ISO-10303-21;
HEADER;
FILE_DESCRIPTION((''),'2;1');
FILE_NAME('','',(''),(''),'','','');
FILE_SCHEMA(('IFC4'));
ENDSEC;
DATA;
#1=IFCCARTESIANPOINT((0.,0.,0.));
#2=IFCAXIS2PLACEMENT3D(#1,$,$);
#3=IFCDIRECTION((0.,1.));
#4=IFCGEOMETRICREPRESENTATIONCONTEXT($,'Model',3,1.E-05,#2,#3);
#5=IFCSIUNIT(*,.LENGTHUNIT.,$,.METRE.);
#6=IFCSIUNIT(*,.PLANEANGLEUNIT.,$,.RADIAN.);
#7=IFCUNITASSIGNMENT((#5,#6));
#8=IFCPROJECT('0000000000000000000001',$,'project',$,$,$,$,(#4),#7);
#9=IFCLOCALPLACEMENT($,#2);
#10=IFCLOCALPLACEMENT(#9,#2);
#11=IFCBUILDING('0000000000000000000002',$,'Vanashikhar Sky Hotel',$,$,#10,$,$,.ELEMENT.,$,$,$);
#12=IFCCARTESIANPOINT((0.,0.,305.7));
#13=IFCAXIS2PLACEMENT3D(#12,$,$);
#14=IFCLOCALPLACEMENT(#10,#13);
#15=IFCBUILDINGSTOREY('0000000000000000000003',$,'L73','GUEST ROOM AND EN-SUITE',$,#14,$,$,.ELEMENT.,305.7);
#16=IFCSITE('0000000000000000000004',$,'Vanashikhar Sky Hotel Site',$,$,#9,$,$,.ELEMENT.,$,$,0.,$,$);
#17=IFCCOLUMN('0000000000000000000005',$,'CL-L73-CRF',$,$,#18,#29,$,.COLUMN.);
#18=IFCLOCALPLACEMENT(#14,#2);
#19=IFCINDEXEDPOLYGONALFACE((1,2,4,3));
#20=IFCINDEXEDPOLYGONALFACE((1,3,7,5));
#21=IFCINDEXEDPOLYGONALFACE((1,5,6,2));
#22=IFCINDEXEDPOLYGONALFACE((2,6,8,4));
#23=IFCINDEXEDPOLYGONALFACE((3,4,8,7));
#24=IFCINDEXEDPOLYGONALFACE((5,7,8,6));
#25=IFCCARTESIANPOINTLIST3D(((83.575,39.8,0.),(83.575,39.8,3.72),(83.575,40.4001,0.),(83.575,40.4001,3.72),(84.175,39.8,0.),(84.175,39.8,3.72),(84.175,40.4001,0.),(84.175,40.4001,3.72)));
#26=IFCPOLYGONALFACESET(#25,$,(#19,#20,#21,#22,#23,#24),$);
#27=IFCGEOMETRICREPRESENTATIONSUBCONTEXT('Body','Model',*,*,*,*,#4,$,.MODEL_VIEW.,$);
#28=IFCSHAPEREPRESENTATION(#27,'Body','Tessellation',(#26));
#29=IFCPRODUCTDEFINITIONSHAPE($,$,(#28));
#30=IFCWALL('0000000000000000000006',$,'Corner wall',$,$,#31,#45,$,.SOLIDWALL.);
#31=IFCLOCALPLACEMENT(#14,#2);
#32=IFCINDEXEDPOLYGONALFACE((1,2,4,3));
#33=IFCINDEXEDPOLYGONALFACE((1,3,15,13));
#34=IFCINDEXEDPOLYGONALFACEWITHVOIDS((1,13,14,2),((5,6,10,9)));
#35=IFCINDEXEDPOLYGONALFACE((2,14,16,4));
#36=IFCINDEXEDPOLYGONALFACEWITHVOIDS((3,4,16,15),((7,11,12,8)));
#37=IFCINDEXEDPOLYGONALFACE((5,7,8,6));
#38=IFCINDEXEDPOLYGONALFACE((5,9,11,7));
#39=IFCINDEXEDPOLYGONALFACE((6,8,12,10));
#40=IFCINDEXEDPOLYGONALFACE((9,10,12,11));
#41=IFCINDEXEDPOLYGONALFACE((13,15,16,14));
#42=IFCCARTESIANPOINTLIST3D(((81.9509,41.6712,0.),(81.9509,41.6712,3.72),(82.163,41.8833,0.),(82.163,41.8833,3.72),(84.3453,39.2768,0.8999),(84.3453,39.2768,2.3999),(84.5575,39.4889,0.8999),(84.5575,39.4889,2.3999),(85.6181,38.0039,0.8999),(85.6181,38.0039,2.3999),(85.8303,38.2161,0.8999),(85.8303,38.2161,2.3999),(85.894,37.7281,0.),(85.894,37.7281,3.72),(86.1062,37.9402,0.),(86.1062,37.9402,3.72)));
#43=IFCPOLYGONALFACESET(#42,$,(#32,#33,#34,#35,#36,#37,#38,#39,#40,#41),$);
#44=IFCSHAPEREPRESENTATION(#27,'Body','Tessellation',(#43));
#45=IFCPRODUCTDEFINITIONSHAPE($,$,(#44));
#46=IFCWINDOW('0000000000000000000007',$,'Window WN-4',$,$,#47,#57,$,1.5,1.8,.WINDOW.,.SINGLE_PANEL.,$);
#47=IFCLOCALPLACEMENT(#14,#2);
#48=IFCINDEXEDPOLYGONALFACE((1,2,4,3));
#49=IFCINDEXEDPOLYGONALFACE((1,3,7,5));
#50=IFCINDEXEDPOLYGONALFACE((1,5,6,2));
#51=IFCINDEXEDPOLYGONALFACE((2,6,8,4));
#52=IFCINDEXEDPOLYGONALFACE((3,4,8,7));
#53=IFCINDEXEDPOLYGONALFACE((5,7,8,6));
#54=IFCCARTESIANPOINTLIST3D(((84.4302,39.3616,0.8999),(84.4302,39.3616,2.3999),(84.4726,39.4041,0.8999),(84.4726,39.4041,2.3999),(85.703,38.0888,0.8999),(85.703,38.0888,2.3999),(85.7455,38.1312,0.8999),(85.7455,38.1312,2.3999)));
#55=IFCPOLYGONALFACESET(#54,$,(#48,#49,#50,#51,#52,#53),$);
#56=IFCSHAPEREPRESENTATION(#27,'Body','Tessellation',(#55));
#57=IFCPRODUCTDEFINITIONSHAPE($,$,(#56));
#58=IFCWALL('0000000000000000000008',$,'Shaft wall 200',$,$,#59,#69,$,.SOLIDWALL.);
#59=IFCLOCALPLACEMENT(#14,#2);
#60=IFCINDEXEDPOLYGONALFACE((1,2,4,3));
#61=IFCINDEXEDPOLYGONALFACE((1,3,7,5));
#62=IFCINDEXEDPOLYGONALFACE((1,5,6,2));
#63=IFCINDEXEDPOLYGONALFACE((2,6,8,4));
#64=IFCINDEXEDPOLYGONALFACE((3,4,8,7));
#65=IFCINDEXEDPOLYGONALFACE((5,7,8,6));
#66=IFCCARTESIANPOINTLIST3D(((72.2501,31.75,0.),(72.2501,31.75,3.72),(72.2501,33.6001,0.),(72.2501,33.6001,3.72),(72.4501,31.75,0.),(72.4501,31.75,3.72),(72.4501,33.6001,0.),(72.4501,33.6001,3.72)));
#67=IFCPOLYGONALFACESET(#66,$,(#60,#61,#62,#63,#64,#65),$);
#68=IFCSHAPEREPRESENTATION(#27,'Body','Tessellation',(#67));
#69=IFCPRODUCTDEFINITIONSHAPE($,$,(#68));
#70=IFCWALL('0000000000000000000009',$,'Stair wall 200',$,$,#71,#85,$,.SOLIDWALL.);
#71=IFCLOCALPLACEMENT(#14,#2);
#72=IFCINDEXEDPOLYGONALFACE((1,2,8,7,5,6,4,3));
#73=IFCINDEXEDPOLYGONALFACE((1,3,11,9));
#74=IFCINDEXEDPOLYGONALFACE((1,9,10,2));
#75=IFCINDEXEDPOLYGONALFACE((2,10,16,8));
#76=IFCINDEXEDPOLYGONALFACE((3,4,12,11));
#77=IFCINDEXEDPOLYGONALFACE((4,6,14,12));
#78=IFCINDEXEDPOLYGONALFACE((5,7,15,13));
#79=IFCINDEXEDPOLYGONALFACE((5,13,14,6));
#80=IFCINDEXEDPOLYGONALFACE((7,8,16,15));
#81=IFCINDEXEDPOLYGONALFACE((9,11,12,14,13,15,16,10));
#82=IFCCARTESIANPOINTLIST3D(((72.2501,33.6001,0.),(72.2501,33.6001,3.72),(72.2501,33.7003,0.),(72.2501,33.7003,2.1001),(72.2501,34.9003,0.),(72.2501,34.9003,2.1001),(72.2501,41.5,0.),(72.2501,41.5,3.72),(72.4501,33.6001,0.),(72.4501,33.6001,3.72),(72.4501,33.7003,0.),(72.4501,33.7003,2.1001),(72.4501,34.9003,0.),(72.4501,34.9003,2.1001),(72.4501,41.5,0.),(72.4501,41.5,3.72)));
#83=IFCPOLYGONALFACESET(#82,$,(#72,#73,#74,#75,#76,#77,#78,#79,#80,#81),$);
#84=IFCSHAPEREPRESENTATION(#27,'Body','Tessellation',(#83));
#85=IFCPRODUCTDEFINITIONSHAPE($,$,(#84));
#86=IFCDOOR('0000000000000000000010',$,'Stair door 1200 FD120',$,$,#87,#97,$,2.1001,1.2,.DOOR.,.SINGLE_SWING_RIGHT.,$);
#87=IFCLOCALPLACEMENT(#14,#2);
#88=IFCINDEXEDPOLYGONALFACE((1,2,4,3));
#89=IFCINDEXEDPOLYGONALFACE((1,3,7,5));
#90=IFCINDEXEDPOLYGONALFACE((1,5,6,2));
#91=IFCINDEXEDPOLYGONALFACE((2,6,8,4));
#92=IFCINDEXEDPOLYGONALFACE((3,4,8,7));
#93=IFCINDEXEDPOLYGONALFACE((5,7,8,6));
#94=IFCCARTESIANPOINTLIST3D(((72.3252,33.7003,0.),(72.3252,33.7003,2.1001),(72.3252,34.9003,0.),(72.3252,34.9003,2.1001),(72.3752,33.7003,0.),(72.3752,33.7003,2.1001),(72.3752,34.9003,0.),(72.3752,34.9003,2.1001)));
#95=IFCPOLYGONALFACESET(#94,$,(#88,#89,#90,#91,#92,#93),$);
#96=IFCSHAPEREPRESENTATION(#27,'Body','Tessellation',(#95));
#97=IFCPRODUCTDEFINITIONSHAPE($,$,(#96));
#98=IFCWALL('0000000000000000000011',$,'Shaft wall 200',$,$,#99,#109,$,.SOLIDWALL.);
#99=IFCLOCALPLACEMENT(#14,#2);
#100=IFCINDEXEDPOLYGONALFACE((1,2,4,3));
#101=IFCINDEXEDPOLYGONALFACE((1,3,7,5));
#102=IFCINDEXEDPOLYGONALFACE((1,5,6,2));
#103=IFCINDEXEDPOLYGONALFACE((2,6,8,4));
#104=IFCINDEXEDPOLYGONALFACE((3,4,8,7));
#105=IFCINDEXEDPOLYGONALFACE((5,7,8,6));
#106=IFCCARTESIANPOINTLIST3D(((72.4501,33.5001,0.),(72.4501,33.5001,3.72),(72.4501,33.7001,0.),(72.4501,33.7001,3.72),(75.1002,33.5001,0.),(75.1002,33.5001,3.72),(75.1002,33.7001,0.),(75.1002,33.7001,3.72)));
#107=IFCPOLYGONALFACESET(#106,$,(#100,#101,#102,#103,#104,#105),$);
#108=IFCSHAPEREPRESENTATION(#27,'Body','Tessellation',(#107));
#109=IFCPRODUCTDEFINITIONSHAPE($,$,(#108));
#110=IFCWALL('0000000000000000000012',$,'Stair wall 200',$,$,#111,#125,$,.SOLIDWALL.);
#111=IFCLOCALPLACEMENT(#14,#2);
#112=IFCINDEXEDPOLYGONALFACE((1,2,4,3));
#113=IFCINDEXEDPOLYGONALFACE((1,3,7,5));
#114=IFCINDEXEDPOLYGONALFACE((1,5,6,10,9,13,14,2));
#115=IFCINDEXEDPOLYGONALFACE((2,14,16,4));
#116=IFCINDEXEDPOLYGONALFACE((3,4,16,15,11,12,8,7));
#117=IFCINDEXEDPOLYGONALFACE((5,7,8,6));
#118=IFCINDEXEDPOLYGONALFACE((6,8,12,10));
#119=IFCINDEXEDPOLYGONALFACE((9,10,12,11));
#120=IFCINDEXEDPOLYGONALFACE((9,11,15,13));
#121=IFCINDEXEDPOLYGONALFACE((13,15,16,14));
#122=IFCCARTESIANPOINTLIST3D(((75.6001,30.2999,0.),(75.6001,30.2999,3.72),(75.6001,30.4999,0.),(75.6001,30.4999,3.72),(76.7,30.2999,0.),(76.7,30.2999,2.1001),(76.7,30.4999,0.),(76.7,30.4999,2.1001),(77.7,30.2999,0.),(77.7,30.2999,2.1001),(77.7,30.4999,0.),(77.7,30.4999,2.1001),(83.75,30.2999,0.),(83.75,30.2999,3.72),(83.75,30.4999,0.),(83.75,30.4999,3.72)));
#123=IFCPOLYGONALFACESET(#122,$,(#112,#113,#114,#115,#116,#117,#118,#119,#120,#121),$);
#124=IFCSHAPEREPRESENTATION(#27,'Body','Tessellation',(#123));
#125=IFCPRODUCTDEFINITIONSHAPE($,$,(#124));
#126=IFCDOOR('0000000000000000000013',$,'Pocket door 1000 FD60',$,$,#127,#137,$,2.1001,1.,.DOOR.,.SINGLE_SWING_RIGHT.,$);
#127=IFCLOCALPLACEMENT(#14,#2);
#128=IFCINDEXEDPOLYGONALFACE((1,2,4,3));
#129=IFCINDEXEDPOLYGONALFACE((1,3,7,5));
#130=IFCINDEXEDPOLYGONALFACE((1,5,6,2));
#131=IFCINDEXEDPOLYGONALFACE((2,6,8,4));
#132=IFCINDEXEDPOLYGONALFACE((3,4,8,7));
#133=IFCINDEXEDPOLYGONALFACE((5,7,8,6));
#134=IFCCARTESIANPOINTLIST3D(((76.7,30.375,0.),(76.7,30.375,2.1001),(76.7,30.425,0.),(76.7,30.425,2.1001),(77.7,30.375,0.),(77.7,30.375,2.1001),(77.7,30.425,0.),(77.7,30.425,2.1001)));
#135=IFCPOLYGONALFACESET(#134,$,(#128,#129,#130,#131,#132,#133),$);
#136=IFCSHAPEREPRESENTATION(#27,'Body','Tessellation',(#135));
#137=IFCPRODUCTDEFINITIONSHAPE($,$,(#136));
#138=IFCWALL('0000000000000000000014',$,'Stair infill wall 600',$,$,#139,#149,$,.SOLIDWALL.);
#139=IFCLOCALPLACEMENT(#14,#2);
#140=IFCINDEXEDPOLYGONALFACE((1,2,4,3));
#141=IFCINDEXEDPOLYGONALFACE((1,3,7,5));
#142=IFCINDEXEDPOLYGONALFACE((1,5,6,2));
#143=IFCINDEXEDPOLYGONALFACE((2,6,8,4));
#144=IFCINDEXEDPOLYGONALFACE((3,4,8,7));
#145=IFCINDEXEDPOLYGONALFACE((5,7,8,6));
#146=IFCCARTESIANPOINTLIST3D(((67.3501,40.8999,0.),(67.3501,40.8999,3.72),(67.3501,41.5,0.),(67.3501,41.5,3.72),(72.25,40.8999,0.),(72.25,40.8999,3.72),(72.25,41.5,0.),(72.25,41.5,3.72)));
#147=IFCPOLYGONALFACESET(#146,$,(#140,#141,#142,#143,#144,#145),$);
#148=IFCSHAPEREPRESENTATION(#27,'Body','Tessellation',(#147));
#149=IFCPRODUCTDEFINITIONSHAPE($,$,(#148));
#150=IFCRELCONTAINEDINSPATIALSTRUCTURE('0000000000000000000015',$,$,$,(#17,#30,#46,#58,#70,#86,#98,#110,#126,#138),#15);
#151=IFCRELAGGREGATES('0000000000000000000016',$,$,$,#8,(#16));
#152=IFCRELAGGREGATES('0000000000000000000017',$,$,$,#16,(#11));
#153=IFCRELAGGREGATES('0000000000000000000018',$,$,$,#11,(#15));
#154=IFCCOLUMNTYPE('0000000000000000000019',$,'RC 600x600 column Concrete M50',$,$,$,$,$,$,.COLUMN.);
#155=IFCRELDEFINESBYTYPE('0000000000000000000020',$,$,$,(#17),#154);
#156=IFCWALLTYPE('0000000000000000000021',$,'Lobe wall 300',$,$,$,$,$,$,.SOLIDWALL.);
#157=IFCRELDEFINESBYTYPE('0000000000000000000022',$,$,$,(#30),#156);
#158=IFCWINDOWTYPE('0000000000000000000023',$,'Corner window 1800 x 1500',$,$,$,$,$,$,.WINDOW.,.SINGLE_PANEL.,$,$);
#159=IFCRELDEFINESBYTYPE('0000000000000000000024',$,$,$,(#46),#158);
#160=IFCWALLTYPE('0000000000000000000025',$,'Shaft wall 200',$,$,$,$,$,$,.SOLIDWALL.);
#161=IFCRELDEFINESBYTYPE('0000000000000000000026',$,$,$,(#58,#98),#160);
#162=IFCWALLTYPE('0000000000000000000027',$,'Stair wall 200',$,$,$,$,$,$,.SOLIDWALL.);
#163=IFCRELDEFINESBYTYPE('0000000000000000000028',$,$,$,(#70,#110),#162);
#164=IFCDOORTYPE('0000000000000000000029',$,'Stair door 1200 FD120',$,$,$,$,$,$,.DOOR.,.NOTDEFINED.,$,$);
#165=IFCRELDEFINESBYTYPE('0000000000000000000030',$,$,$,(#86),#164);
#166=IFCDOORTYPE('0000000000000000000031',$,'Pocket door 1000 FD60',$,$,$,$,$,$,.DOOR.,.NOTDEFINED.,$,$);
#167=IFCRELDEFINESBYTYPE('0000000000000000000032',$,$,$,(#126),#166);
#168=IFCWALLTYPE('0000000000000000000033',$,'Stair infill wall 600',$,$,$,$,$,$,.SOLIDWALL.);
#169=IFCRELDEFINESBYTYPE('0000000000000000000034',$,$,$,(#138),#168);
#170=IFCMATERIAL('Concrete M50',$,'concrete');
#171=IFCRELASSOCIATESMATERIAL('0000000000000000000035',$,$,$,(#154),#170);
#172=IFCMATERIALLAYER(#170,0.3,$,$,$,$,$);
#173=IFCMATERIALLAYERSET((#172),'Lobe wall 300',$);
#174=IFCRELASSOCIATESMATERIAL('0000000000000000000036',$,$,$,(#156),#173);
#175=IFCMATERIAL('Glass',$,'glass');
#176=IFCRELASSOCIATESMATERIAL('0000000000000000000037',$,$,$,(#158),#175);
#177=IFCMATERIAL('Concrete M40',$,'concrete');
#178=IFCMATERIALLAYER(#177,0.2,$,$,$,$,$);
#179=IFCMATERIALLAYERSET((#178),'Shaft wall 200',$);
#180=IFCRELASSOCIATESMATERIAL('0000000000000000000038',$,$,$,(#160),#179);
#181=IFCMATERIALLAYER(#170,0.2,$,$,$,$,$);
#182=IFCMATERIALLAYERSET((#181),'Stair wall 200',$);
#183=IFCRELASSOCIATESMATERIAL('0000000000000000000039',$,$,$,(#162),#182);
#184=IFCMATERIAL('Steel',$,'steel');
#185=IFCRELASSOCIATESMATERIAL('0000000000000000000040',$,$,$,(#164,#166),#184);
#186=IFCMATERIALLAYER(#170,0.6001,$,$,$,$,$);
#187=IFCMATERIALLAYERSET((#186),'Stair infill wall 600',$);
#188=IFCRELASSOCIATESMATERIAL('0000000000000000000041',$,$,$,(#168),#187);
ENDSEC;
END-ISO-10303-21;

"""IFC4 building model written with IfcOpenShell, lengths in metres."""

from ifc_helpers import new_model, si_unit, direction, frame, frame_2d, origin, origin_2d, place, context, subcontext, project, spatial, rectangle, extrude, source, transform, mapped, material, layer, layer_set, material_profile, profile_set, type_object, element, fill, save


model = new_model("IFC4")

# Units and contexts
model_context = context("Model", 3, precision=1e-05, world=origin(), true_north=direction((0.0, 1.0)))
body_context = subcontext(model_context, "Body", "Model", "MODEL_VIEW")
ifc_project = project(units=[si_unit("LENGTHUNIT", "METRE"), si_unit("PLANEANGLEUNIT", "RADIAN")], contexts=[model_context])

# Site, building, storey
site_placement = place(None, origin())
site = spatial("IfcSite", under=ifc_project, at=site_placement, Name="Vanashikhar Sky Hotel Site", CompositionType="ELEMENT", RefElevation=0.0)
building_placement = place(site_placement, origin())
building = spatial("IfcBuilding", under=site, at=building_placement, Name="Vanashikhar Sky Hotel", CompositionType="ELEMENT")
storey_placement = place(building_placement, frame((0.0, 0.0, 305.7)))
storey = spatial("IfcBuildingStorey", under=building, at=storey_placement, Name="L73", Description="GUEST ROOM AND EN-SUITE", CompositionType="ELEMENT", Elevation=305.7)

# Column
ifc_material_1 = material(Name="Concrete M50", Category="concrete")
ifc_material_profile = material_profile(ifc_material_1, rectangle(XDim=0.6001, YDim=0.6001, at=origin_2d()))
ifc_profile_set = profile_set([ifc_material_profile], Name="RC 600x600 column Concrete M50")
column_type = type_object("IfcColumnType", Name="RC 600x600 column Concrete M50", PredefinedType="COLUMN", material=ifc_profile_set)
shared_shape_1 = source(origin(), body_context, "Body", "SweptSolid", [
    extrude(rectangle(XDim=0.6001, YDim=0.6001, at=origin_2d()), origin(), (0.0, 0.0, 1.0), 3.72),
])
column_placement = place(storey_placement, frame((83.875, 40.1001, 0.0), z_axis=(0.0, 0.0, 1.0), x_axis=(1.0, 0.0, 0.0)))
element("IfcColumn", 1, at=column_placement, inside=storey, type_object=column_type, Name="CL-L73-CRF", PredefinedType="COLUMN", context=body_context, shape_type="MappedRepresentation", body=[
    mapped(shared_shape_1, transform((0.0, 0.0, 0.0), scale=1.0)),
])

# Wall, opening, window
ifc_layer_1 = layer(ifc_material_1, 0.3)
ifc_layer_set_1 = layer_set([ifc_layer_1], Name="Lobe wall 300")
wall_type_1 = type_object("IfcWallType", Name="Lobe wall 300", PredefinedType="SOLIDWALL", material=ifc_layer_set_1)
shared_shape_2 = source(origin(), body_context, "Body", "SweptSolid", [
    extrude(rectangle(XDim=5.5764, YDim=0.3, at=frame_2d((2.7881, 0.0))), origin(), (0.0, 0.0, 1.0), 3.72),
])
wall_1_placement = place(storey_placement, frame((86.0, 37.8342, 0.0), z_axis=(0.0, 0.0, 1.0), x_axis=(-0.707107, 0.707107, 0.0)))
wall_1 = element("IfcWall", 2, at=wall_1_placement, inside=storey, type_object=wall_type_1, Name="Corner wall", PredefinedType="SOLIDWALL", context=body_context, shape_type="MappedRepresentation", body=[
    mapped(shared_shape_2, transform((0.0, 0.0, 0.0), scale=1.0)),
])
shared_shape_3 = source(origin(), body_context, "Body", "SweptSolid", [
    extrude(rectangle(XDim=1.8, YDim=1.5, at=frame_2d((0.8999, 0.75))), frame((0.0, 0.1602, 0.0), z_axis=(0.0, -1.0, 0.0), x_axis=(1.0, 0.0, 0.0)), (0.0, 0.0, 1.0), 0.3201),
])
opening_1_placement = place(wall_1_placement, frame((0.3901, 0.0, 0.8999)))
opening_1 = element("IfcOpeningElement", 3, at=opening_1_placement, cuts=wall_1, PredefinedType="OPENING", context=body_context, shape_type="MappedRepresentation", body=[
    mapped(shared_shape_3, transform((0.0, 0.0, 0.0), scale=1.0)),
])
ifc_material_2 = material(Name="Glass", Category="glass")
window_type = type_object("IfcWindowType", Name="Corner window 1800 x 1500", PartitioningType="SINGLE_PANEL", PredefinedType="WINDOW", material=ifc_material_2)
shared_shape_4 = source(origin(), body_context, "Body", "SweptSolid", [
    extrude(rectangle(XDim=1.8, YDim=1.5, at=frame_2d((0.8999, 0.75))), frame((0.0, 0.03, 0.0), z_axis=(0.0, -1.0, 0.0), x_axis=(1.0, 0.0, 0.0)), (0.0, 0.0, 1.0), 0.0601),
])
window_placement = place(opening_1_placement, origin())
window = element("IfcWindow", 4, at=window_placement, inside=storey, type_object=window_type, Name="Window WN-4", OverallHeight=1.5, OverallWidth=1.8, PartitioningType="SINGLE_PANEL", PredefinedType="WINDOW", context=body_context, shape_type="MappedRepresentation", body=[
    mapped(shared_shape_4, transform((0.0, 0.0, 0.0), scale=1.0)),
])
fill(opening_1, window)

# Wall
ifc_material_3 = material(Name="Concrete M40", Category="concrete")
ifc_layer_2 = layer(ifc_material_3, 0.2)
ifc_layer_set_2 = layer_set([ifc_layer_2], Name="Shaft wall 200")
wall_type_2 = type_object("IfcWallType", Name="Shaft wall 200", PredefinedType="SOLIDWALL", material=ifc_layer_set_2)
shared_shape_5 = source(origin(), body_context, "Body", "SweptSolid", [
    extrude(rectangle(XDim=1.8501, YDim=0.2, at=frame_2d((0.925, 0.0))), origin(), (0.0, 0.0, 1.0), 3.72),
])
wall_2_placement = place(storey_placement, frame((72.3501, 31.75, 0.0), z_axis=(0.0, 0.0, 1.0), x_axis=(0.0, 1.0, 0.0)))
element("IfcWall", 5, at=wall_2_placement, inside=storey, type_object=wall_type_2, Name="Shaft wall 200", PredefinedType="SOLIDWALL", context=body_context, shape_type="MappedRepresentation", body=[
    mapped(shared_shape_5, transform((0.0, 0.0, 0.0), scale=1.0)),
])

# Wall, opening, door
ifc_layer_3 = layer(ifc_material_1, 0.2)
ifc_layer_set_3 = layer_set([ifc_layer_3], Name="Stair wall 200")
wall_type_3 = type_object("IfcWallType", Name="Stair wall 200", PredefinedType="SOLIDWALL", material=ifc_layer_set_3)
shared_shape_6 = source(origin(), body_context, "Body", "SweptSolid", [
    extrude(rectangle(XDim=7.8999, YDim=0.2, at=frame_2d((3.95, 0.0))), origin(), (0.0, 0.0, 1.0), 3.72),
])
wall_3_placement = place(storey_placement, frame((72.3501, 33.6001, 0.0), z_axis=(0.0, 0.0, 1.0), x_axis=(0.0, 1.0, 0.0)))
wall_3 = element("IfcWall", 6, at=wall_3_placement, inside=storey, type_object=wall_type_3, Name="Stair wall 200", PredefinedType="SOLIDWALL", context=body_context, shape_type="MappedRepresentation", body=[
    mapped(shared_shape_6, transform((0.0, 0.0, 0.0), scale=1.0)),
])
shared_shape_7 = source(origin(), body_context, "Body", "SweptSolid", [
    extrude(rectangle(XDim=1.2, YDim=2.1001, at=frame_2d((0.6001, 1.05))), frame((0.0, 0.1099, 0.0), z_axis=(0.0, -1.0, 0.0), x_axis=(1.0, 0.0, 0.0)), (0.0, 0.0, 1.0), 0.22),
])
opening_2_placement = place(wall_3_placement, frame((0.1001, 0.0, 0.0)))
opening_2 = element("IfcOpeningElement", 7, at=opening_2_placement, cuts=wall_3, PredefinedType="OPENING", context=body_context, shape_type="MappedRepresentation", body=[
    mapped(shared_shape_7, transform((0.0, 0.0, 0.0), scale=1.0)),
])
ifc_material_4 = material(Name="Steel", Category="steel")
door_type_1 = type_object("IfcDoorType", Name="Stair door 1200 FD120", OperationType="NOTDEFINED", PredefinedType="DOOR", material=ifc_material_4)
shared_shape_8 = source(origin(), body_context, "Body", "SweptSolid", [
    extrude(rectangle(XDim=1.2, YDim=2.1001, at=frame_2d((0.6001, 1.05))), frame((0.0, 0.0249, 0.0), z_axis=(0.0, -1.0, 0.0), x_axis=(1.0, 0.0, 0.0)), (0.0, 0.0, 1.0), 0.05),
])
door_1_placement = place(opening_2_placement, origin())
door_1 = element("IfcDoor", 8, at=door_1_placement, inside=storey, type_object=door_type_1, Name="Stair door 1200 FD120", OperationType="SINGLE_SWING_RIGHT", OverallHeight=2.1001, OverallWidth=1.2, PredefinedType="DOOR", context=body_context, shape_type="MappedRepresentation", body=[
    mapped(shared_shape_8, transform((0.0, 0.0, 0.0), scale=1.0)),
])
fill(opening_2, door_1)

# Wall
shared_shape_9 = source(origin(), body_context, "Body", "SweptSolid", [
    extrude(rectangle(XDim=2.6501, YDim=0.2, at=frame_2d((1.3252, 0.0))), origin(), (0.0, 0.0, 1.0), 3.72),
])
wall_4_placement = place(storey_placement, frame((72.45, 33.6001, 0.0), z_axis=(0.0, 0.0, 1.0), x_axis=(1.0, 0.0, 0.0)))
element("IfcWall", 9, at=wall_4_placement, inside=storey, type_object=wall_type_2, Name="Shaft wall 200", PredefinedType="SOLIDWALL", context=body_context, shape_type="MappedRepresentation", body=[
    mapped(shared_shape_9, transform((0.0, 0.0, 0.0), scale=1.0)),
])

# Wall, opening, door
shared_shape_10 = source(origin(), body_context, "Body", "SweptSolid", [
    extrude(rectangle(XDim=8.1499, YDim=0.2, at=frame_2d((4.075, 0.0))), origin(), (0.0, 0.0, 1.0), 3.72),
])
wall_5_placement = place(storey_placement, frame((83.75, 30.3999, 0.0), z_axis=(0.0, 0.0, 1.0), x_axis=(-1.0, 0.0, 0.0)))
wall_5 = element("IfcWall", 10, at=wall_5_placement, inside=storey, type_object=wall_type_3, Name="Stair wall 200", PredefinedType="SOLIDWALL", context=body_context, shape_type="MappedRepresentation", body=[
    mapped(shared_shape_10, transform((0.0, 0.0, 0.0), scale=1.0)),
])
shared_shape_11 = source(origin(), body_context, "Body", "SweptSolid", [
    extrude(rectangle(XDim=1.0, YDim=2.1001, at=frame_2d((0.5, 1.05))), frame((0.0, 0.1099, 0.0), z_axis=(0.0, -1.0, 0.0), x_axis=(1.0, 0.0, 0.0)), (0.0, 0.0, 1.0), 0.22),
])
opening_3_placement = place(wall_5_placement, frame((6.05, 0.0, 0.0)))
opening_3 = element("IfcOpeningElement", 11, at=opening_3_placement, cuts=wall_5, PredefinedType="OPENING", context=body_context, shape_type="MappedRepresentation", body=[
    mapped(shared_shape_11, transform((0.0, 0.0, 0.0), scale=1.0)),
])
door_type_2 = type_object("IfcDoorType", Name="Pocket door 1000 FD60", OperationType="NOTDEFINED", PredefinedType="DOOR", material=ifc_material_4)
shared_shape_12 = source(origin(), body_context, "Body", "SweptSolid", [
    extrude(rectangle(XDim=1.0, YDim=2.1001, at=frame_2d((0.5, 1.05))), frame((0.0, 0.0249, 0.0), z_axis=(0.0, -1.0, 0.0), x_axis=(1.0, 0.0, 0.0)), (0.0, 0.0, 1.0), 0.05),
])
door_2_placement = place(opening_3_placement, origin())
door_2 = element("IfcDoor", 12, at=door_2_placement, inside=storey, type_object=door_type_2, Name="Pocket door 1000 FD60", OperationType="SINGLE_SWING_RIGHT", OverallHeight=2.1001, OverallWidth=1.0, PredefinedType="DOOR", context=body_context, shape_type="MappedRepresentation", body=[
    mapped(shared_shape_12, transform((0.0, 0.0, 0.0), scale=1.0)),
])
fill(opening_3, door_2)

# Wall
ifc_layer_4 = layer(ifc_material_1, 0.6001)
ifc_layer_set_4 = layer_set([ifc_layer_4], Name="Stair infill wall 600")
wall_type_4 = type_object("IfcWallType", Name="Stair infill wall 600", PredefinedType="SOLIDWALL", material=ifc_layer_set_4)
shared_shape_13 = source(origin(), body_context, "Body", "SweptSolid", [
    extrude(rectangle(XDim=4.8999, YDim=0.6001, at=frame_2d((2.45, 0.0))), origin(), (0.0, 0.0, 1.0), 3.72),
])
wall_6_placement = place(storey_placement, frame((67.3501, 41.2, 0.0), z_axis=(0.0, 0.0, 1.0), x_axis=(1.0, 0.0, 0.0)))
element("IfcWall", 13, at=wall_6_placement, inside=storey, type_object=wall_type_4, Name="Stair infill wall 600", PredefinedType="SOLIDWALL", context=body_context, shape_type="MappedRepresentation", body=[
    mapped(shared_shape_13, transform((0.0, 0.0, 0.0), scale=1.0)),
])

save(model, "model.ifc")
